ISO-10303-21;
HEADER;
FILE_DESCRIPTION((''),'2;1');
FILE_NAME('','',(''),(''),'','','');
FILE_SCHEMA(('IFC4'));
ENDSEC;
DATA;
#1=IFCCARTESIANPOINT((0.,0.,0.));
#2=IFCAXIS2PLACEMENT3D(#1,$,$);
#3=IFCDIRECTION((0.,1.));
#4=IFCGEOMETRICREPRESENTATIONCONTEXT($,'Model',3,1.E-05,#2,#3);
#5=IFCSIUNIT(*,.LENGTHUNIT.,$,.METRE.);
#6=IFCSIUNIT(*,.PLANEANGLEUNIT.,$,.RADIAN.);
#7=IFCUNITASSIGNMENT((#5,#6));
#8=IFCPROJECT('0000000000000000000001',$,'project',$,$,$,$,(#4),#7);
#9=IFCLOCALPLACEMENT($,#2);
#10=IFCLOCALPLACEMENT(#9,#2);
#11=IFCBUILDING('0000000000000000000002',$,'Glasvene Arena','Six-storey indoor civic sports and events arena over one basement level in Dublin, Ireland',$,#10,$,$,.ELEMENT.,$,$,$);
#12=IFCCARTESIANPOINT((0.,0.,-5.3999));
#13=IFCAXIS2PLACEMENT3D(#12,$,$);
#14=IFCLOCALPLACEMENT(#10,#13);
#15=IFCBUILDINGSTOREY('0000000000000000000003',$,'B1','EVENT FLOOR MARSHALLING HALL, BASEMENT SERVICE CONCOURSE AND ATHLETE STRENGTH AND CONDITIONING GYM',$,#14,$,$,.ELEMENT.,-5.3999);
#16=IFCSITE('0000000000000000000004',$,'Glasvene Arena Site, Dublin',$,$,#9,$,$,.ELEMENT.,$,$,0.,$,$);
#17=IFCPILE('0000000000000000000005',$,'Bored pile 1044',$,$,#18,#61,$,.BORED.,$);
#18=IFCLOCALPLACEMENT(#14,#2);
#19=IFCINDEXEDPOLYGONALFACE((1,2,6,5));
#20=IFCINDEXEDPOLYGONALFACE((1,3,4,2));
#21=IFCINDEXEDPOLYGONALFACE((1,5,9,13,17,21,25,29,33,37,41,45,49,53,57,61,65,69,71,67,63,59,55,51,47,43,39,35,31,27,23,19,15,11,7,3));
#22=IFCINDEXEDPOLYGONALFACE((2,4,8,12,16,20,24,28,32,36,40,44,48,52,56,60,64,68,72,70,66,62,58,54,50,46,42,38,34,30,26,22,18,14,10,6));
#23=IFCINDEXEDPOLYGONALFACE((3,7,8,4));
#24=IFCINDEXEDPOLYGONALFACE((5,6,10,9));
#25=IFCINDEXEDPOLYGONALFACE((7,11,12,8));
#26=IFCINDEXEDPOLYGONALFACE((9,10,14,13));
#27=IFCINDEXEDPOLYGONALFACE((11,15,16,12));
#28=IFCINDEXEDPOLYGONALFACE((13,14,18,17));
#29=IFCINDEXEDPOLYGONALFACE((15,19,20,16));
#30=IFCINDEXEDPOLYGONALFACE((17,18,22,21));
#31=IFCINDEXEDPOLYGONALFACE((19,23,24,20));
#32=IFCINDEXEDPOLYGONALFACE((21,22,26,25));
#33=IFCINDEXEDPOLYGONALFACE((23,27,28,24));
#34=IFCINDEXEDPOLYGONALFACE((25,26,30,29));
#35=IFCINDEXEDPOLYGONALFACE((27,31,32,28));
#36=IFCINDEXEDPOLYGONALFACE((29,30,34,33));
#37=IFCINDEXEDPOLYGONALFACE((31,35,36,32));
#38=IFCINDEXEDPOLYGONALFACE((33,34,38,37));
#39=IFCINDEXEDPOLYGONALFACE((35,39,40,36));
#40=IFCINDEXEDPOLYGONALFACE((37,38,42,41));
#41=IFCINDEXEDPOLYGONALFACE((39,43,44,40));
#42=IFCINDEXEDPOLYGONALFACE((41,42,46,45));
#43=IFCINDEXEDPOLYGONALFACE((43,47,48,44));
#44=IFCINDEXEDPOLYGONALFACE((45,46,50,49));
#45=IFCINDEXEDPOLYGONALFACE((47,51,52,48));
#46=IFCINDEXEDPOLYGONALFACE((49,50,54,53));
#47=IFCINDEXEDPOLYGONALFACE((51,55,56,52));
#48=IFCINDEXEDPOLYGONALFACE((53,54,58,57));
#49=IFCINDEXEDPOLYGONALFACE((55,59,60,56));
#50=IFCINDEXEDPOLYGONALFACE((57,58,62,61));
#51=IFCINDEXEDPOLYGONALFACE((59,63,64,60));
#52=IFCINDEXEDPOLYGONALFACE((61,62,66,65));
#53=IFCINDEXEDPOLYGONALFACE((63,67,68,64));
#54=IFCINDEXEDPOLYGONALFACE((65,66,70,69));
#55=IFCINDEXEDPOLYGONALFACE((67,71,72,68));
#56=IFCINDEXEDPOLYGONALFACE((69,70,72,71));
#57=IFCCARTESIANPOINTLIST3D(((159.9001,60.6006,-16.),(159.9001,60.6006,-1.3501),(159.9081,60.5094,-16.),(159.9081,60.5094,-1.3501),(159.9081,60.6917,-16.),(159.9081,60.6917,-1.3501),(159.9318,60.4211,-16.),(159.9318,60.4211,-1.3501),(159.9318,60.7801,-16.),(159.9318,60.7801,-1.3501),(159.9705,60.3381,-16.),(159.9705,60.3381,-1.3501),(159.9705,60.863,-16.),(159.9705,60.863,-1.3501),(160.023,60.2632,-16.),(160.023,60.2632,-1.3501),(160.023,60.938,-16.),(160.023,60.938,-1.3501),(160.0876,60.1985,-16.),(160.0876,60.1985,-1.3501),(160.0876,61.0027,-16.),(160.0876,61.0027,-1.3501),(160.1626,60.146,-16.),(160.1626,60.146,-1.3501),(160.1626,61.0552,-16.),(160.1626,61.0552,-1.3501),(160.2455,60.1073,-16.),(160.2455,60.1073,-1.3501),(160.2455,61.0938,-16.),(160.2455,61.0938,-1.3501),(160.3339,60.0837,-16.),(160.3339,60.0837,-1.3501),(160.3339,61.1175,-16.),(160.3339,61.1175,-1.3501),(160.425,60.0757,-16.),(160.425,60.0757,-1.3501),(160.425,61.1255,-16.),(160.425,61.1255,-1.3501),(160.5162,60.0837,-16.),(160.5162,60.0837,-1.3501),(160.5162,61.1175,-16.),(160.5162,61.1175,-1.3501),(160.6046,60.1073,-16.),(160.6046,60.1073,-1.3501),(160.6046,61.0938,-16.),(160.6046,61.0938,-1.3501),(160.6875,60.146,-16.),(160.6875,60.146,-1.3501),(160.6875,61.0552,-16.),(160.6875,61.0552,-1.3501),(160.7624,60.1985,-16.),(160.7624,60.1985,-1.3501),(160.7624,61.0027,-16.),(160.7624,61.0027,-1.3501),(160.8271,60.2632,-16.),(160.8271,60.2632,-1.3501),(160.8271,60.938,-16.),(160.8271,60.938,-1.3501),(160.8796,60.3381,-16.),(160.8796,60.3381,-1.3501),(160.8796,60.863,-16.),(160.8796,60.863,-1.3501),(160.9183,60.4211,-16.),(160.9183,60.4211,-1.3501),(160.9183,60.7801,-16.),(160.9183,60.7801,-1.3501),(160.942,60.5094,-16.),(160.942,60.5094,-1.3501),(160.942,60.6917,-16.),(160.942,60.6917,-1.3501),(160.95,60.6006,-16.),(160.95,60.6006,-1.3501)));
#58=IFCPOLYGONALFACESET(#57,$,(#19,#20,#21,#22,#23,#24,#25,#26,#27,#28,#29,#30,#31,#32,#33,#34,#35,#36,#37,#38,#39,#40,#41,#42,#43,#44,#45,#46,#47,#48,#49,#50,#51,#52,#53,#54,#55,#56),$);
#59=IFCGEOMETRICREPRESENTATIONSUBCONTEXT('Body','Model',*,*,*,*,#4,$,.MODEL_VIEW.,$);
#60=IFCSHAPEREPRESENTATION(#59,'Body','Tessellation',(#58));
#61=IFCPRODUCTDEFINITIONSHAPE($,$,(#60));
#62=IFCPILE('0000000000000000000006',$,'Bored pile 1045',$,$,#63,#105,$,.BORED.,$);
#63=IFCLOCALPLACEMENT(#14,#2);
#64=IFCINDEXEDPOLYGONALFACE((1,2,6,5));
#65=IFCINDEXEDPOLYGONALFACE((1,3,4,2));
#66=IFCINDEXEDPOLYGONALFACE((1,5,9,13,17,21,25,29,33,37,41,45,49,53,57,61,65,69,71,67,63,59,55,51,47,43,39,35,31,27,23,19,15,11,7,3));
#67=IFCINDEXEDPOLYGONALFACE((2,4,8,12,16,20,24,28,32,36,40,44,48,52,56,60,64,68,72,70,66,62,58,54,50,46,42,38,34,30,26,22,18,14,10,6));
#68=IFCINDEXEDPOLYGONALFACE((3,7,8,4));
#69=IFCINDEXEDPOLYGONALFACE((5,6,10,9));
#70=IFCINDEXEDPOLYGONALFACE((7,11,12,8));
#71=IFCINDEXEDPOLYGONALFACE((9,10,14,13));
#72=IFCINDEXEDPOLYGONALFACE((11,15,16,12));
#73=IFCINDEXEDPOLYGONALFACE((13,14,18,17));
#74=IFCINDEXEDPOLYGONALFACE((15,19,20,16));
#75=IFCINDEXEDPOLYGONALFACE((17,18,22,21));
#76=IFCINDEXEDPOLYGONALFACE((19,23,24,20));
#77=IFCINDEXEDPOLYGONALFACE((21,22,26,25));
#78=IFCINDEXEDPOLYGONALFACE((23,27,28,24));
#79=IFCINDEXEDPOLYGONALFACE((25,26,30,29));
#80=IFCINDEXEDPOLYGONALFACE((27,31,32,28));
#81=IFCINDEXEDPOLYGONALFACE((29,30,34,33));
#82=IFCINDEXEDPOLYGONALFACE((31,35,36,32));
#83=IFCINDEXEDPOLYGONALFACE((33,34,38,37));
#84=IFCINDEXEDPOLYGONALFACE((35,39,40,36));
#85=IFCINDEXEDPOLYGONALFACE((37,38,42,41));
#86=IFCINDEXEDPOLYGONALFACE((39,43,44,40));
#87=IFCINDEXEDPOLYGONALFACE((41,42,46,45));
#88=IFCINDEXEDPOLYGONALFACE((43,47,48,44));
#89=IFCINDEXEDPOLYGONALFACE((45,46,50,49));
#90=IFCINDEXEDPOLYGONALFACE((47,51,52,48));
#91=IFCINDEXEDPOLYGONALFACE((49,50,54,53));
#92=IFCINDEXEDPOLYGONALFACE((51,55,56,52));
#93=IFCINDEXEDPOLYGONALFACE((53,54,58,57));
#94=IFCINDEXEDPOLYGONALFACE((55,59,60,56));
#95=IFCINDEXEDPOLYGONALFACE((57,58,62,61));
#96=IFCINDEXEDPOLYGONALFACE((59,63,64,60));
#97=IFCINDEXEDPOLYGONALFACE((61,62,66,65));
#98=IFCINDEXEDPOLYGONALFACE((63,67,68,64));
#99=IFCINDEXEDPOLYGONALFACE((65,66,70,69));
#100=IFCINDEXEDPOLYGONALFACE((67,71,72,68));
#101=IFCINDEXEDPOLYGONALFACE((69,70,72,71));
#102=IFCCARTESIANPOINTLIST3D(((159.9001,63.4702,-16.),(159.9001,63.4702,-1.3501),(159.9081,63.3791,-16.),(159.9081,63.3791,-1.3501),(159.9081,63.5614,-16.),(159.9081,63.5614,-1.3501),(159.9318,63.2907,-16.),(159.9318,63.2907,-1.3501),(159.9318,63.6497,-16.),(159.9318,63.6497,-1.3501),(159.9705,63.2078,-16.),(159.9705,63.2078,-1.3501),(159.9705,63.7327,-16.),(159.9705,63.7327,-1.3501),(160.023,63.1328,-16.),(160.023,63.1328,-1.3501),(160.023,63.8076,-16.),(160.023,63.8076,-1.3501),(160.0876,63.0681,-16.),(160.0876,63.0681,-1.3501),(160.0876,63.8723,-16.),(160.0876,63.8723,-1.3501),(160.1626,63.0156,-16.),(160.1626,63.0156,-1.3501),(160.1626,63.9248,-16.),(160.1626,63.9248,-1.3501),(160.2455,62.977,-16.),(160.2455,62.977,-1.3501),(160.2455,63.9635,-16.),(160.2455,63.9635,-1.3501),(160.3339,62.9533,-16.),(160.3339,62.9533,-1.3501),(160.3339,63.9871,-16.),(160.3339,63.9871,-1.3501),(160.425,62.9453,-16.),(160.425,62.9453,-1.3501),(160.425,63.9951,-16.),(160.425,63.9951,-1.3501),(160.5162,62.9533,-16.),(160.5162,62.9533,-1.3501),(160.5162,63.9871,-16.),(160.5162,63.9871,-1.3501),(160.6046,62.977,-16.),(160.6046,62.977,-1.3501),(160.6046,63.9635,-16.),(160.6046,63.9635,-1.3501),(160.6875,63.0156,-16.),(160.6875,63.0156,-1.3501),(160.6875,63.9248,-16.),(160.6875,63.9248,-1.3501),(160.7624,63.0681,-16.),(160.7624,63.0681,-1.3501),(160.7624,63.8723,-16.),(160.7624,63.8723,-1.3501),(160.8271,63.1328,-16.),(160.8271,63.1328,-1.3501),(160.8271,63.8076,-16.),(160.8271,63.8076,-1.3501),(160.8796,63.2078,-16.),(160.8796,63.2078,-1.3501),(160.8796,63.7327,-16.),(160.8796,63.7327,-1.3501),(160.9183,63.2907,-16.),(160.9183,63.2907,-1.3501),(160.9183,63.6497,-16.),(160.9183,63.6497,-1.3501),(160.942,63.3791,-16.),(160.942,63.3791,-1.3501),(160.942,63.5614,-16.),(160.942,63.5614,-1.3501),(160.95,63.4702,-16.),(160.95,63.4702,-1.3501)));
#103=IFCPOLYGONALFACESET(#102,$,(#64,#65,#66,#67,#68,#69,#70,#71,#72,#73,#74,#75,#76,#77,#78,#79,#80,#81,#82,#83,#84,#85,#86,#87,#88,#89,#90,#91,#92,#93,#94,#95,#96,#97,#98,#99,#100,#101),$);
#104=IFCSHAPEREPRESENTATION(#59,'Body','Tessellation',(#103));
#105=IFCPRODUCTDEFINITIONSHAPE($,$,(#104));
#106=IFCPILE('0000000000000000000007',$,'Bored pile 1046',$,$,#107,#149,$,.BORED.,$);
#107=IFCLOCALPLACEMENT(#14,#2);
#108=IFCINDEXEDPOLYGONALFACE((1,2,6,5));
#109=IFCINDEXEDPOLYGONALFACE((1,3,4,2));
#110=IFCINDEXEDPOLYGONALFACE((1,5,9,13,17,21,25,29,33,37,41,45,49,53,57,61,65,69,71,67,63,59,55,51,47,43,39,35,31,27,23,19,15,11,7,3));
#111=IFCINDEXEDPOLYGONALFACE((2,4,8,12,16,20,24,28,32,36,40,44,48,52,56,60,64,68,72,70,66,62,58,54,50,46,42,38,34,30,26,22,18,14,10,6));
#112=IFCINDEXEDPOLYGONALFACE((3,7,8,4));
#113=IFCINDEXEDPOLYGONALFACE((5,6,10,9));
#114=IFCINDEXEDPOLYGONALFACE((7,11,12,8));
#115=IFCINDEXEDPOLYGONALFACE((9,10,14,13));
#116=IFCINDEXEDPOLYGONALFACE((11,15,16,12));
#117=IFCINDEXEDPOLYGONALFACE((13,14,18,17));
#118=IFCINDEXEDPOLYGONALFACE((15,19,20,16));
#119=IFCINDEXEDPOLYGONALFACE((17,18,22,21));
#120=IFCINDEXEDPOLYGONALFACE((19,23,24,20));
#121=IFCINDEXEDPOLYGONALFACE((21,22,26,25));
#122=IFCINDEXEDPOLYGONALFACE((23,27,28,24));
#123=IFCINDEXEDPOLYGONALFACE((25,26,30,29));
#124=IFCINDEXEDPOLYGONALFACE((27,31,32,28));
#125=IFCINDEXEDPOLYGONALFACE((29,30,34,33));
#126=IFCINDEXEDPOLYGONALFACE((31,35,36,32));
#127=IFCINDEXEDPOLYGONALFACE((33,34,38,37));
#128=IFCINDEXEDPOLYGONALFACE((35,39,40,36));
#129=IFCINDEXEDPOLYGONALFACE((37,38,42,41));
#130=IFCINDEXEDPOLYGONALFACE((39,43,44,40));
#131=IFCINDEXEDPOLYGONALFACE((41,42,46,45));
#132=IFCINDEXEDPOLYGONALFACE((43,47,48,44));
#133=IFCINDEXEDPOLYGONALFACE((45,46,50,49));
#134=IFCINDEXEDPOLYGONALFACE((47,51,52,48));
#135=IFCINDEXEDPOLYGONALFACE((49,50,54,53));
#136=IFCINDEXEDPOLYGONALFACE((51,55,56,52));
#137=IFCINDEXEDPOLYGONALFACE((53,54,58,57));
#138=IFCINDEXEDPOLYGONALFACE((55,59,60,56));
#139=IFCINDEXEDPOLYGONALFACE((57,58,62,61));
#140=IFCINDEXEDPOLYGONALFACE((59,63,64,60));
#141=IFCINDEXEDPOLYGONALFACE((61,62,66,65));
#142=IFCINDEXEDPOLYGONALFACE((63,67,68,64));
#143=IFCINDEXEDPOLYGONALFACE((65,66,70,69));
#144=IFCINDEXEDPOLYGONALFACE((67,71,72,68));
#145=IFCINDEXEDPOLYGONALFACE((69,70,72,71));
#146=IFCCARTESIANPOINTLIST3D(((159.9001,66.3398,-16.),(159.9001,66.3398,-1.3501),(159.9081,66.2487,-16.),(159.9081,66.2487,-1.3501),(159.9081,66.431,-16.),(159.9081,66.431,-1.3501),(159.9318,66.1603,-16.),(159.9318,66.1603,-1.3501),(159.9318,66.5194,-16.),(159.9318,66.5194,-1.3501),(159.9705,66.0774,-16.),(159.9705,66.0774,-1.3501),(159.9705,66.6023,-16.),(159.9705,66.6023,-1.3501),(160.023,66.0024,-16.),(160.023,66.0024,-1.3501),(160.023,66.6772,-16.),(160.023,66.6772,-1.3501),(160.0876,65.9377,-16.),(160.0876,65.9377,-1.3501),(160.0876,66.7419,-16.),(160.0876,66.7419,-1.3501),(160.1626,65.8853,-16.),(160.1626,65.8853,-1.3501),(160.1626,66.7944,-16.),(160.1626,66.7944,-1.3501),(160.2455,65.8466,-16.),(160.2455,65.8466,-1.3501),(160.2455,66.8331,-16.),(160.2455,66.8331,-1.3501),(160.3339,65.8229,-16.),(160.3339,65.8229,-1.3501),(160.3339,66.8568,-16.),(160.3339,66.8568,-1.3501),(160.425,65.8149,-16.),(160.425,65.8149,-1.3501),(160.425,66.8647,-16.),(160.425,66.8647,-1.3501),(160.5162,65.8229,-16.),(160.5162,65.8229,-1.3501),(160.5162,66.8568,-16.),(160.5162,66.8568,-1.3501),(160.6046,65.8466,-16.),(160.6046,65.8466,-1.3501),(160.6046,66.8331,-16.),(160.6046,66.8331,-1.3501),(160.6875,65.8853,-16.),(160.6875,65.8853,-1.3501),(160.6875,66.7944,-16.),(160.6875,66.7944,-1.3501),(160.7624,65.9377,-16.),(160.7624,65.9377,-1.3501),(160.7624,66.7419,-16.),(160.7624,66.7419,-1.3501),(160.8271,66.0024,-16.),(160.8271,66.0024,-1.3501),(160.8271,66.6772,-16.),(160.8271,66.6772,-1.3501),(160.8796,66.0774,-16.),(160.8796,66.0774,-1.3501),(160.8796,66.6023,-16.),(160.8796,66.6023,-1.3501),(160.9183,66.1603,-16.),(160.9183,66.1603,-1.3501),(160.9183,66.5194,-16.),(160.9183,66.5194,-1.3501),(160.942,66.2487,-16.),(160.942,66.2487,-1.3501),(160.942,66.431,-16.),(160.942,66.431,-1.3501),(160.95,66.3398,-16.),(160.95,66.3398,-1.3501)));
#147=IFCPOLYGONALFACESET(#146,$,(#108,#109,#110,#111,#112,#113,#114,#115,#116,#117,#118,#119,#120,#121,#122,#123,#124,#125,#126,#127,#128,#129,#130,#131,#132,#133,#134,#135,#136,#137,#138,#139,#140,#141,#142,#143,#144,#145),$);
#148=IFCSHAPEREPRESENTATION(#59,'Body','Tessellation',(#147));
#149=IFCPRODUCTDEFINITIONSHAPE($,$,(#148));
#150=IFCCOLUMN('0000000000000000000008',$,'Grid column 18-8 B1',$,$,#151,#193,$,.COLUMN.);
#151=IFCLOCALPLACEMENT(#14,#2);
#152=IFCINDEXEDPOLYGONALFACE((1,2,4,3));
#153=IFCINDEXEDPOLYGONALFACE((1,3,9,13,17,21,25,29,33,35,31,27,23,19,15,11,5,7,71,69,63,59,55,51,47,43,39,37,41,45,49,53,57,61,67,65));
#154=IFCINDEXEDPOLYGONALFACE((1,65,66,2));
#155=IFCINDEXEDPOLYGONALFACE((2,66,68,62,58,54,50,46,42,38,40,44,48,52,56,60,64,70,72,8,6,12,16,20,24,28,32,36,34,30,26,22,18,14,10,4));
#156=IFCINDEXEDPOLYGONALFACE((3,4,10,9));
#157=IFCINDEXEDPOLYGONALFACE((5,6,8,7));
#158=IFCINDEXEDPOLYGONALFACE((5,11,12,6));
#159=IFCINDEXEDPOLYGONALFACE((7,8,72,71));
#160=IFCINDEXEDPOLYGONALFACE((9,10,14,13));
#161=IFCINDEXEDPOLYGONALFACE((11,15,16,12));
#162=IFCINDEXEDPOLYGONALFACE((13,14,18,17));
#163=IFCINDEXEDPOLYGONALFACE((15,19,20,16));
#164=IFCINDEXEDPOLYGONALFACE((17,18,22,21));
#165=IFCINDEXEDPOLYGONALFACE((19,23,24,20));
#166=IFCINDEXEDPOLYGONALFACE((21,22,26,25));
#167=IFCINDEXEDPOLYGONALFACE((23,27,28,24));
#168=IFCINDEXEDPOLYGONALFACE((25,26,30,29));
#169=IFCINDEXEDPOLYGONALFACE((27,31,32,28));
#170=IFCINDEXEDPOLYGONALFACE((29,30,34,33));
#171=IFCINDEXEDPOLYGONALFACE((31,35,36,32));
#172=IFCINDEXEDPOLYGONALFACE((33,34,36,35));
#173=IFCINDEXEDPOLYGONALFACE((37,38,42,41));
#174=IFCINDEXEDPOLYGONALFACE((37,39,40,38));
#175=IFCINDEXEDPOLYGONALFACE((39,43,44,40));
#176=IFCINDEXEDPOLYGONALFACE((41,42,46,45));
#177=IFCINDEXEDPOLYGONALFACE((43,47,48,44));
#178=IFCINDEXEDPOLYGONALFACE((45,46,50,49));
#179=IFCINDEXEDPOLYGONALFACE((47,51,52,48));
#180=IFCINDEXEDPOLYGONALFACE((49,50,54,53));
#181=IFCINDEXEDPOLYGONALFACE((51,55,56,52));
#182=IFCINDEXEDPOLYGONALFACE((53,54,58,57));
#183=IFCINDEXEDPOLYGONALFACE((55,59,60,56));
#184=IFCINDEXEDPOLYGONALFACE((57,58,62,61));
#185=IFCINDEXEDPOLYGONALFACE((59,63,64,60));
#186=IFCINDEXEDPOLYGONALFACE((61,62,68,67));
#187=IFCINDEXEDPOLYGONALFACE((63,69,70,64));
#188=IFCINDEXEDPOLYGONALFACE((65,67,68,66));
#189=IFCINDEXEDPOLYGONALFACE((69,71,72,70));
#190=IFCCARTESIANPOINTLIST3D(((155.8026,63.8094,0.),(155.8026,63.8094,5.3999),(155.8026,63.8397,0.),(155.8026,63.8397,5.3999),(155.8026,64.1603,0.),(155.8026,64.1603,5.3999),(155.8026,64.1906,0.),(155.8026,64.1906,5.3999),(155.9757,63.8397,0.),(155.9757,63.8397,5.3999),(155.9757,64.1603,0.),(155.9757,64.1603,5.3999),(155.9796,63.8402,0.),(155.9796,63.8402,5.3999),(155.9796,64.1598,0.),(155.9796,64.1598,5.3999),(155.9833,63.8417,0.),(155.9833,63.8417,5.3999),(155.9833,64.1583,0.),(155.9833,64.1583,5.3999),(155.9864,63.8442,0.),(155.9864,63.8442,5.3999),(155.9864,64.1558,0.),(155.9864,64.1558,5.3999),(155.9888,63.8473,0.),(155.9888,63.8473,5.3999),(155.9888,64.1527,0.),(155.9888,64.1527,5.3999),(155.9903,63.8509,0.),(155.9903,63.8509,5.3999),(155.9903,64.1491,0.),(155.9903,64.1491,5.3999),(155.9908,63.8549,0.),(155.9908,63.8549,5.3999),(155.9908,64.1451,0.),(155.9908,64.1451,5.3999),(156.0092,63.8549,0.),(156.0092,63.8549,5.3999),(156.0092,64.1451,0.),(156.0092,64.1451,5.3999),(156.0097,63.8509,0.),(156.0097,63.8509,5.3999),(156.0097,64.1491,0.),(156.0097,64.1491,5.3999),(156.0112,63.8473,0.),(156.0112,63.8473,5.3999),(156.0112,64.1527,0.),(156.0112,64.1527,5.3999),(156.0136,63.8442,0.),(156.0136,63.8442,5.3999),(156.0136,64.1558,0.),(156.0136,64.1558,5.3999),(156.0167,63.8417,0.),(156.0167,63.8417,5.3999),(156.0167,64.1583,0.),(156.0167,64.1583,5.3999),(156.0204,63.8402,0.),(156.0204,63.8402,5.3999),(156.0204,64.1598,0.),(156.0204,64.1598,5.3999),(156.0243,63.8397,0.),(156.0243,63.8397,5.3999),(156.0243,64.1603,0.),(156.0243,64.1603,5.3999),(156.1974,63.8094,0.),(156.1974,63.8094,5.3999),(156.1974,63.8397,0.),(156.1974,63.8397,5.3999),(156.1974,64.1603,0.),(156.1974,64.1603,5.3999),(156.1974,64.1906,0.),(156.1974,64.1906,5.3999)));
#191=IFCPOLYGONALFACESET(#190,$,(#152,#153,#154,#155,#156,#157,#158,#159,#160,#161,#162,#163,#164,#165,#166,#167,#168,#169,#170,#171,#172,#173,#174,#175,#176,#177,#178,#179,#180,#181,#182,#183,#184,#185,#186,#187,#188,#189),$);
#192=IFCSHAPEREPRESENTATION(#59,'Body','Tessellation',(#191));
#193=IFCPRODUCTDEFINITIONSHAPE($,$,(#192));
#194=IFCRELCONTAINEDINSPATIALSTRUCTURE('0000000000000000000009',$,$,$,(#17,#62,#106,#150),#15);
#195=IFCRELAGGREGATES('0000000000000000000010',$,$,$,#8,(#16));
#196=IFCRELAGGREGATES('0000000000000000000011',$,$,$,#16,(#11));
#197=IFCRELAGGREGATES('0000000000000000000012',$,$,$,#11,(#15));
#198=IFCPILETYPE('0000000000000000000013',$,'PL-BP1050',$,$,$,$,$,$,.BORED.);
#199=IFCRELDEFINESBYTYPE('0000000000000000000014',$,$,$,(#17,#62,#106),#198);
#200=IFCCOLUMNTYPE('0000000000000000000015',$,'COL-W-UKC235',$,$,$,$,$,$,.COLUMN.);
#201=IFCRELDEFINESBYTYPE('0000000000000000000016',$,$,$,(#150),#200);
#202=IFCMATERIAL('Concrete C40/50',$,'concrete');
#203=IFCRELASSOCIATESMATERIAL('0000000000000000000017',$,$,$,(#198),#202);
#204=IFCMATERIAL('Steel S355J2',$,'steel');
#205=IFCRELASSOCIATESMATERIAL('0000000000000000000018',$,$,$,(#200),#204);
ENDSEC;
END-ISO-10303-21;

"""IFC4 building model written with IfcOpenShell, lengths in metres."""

from ifc_helpers import new_model, si_unit, direction, frame, origin, origin_2d, place, context, subcontext, project, spatial, circle, i_section, extrude, material, material_profile, profile_set, type_object, element, save


model = new_model("IFC4")

# Units and contexts
model_context = context("Model", 3, precision=1e-05, world=origin(), true_north=direction((0.0, 1.0)))
body_context = subcontext(model_context, "Body", "Model", "MODEL_VIEW")
ifc_project = project(units=[si_unit("LENGTHUNIT", "METRE"), si_unit("PLANEANGLEUNIT", "RADIAN")], contexts=[model_context])

# Site, building, storey
site_placement = place(None, origin())
site = spatial("IfcSite", under=ifc_project, at=site_placement, Name="Glasvene Arena Site, Dublin", CompositionType="ELEMENT", RefElevation=0.0)
building_placement = place(site_placement, origin())
building = spatial("IfcBuilding", under=site, at=building_placement, Name="Glasvene Arena", Description="Six-storey indoor civic sports and events arena over one basement level in Dublin, Ireland", CompositionType="ELEMENT")
storey_placement = place(building_placement, frame((0.0, 0.0, -5.3999)))
storey = spatial("IfcBuildingStorey", under=building, at=storey_placement, Name="B1", Description="EVENT FLOOR MARSHALLING HALL, BASEMENT SERVICE CONCOURSE AND ATHLETE STRENGTH AND CONDITIONING GYM", CompositionType="ELEMENT", Elevation=-5.3999)

# Piles
ifc_material_1 = material(Name="Concrete C40/50", Category="concrete")
ifc_material_profile_1 = material_profile(ifc_material_1, circle(Radius=0.5249, at=origin_2d()), Name="BORED PILE 1050")
ifc_profile_set_1 = profile_set([ifc_material_profile_1], Name="Concrete C40/50")
pile_type = type_object("IfcPileType", Name="PL-BP1050", PredefinedType="BORED", material=ifc_profile_set_1)
for number, where, z_axis, x_axis, name in (
    (1, (160.425, 60.6006, -1.3501), (0.0, 0.0, -1.0), (1.0, 0.0, 0.0), "Bored pile 1044"),
    (2, (160.425, 63.4702, -1.3501), (0.0, 0.0, -1.0), (1.0, 0.0, 0.0), "Bored pile 1045"),
    (3, (160.425, 66.3398, -1.3501), (0.0, 0.0, -1.0), (1.0, 0.0, 0.0), "Bored pile 1046"),
):
    element("IfcPile", number, at=place(storey_placement, frame(where, z_axis=z_axis, x_axis=x_axis)), inside=storey, type_object=pile_type, Name=name, PredefinedType="BORED", context=body_context, shape_type="SweptSolid", body=[
        extrude(circle(Radius=0.5249, at=origin_2d()), origin(), (0.0, 0.0, 1.0), 14.6499),
    ])

# Column
ifc_material_2 = material(Name="Steel S355J2", Category="steel")
ifc_material_profile_2 = material_profile(ifc_material_2, i_section(OverallWidth=0.3948, OverallDepth=0.3811, WebThickness=0.0183, FlangeThickness=0.0303, FilletRadius=0.0151, at=origin_2d()), Name="UKC 356x406x235")
ifc_profile_set_2 = profile_set([ifc_material_profile_2], Name="Steel S355J2")
column_type = type_object("IfcColumnType", Name="COL-W-UKC235", PredefinedType="COLUMN", material=ifc_profile_set_2)
column_placement = place(storey_placement, frame((156.0, 64.0, 0.0), z_axis=(0.0, 0.0, 1.0), x_axis=(1.0, 0.0, 0.0)))
element("IfcColumn", 4, at=column_placement, inside=storey, type_object=column_type, Name="Grid column 18-8 B1", PredefinedType="COLUMN", context=body_context, shape_type="SweptSolid", body=[
    extrude(i_section(OverallWidth=0.3948, OverallDepth=0.3811, WebThickness=0.0183, FlangeThickness=0.0303, FilletRadius=0.0151, at=origin_2d()), origin(), (0.0, 0.0, 1.0), 5.3999),
])

save(model, "model.ifc")
